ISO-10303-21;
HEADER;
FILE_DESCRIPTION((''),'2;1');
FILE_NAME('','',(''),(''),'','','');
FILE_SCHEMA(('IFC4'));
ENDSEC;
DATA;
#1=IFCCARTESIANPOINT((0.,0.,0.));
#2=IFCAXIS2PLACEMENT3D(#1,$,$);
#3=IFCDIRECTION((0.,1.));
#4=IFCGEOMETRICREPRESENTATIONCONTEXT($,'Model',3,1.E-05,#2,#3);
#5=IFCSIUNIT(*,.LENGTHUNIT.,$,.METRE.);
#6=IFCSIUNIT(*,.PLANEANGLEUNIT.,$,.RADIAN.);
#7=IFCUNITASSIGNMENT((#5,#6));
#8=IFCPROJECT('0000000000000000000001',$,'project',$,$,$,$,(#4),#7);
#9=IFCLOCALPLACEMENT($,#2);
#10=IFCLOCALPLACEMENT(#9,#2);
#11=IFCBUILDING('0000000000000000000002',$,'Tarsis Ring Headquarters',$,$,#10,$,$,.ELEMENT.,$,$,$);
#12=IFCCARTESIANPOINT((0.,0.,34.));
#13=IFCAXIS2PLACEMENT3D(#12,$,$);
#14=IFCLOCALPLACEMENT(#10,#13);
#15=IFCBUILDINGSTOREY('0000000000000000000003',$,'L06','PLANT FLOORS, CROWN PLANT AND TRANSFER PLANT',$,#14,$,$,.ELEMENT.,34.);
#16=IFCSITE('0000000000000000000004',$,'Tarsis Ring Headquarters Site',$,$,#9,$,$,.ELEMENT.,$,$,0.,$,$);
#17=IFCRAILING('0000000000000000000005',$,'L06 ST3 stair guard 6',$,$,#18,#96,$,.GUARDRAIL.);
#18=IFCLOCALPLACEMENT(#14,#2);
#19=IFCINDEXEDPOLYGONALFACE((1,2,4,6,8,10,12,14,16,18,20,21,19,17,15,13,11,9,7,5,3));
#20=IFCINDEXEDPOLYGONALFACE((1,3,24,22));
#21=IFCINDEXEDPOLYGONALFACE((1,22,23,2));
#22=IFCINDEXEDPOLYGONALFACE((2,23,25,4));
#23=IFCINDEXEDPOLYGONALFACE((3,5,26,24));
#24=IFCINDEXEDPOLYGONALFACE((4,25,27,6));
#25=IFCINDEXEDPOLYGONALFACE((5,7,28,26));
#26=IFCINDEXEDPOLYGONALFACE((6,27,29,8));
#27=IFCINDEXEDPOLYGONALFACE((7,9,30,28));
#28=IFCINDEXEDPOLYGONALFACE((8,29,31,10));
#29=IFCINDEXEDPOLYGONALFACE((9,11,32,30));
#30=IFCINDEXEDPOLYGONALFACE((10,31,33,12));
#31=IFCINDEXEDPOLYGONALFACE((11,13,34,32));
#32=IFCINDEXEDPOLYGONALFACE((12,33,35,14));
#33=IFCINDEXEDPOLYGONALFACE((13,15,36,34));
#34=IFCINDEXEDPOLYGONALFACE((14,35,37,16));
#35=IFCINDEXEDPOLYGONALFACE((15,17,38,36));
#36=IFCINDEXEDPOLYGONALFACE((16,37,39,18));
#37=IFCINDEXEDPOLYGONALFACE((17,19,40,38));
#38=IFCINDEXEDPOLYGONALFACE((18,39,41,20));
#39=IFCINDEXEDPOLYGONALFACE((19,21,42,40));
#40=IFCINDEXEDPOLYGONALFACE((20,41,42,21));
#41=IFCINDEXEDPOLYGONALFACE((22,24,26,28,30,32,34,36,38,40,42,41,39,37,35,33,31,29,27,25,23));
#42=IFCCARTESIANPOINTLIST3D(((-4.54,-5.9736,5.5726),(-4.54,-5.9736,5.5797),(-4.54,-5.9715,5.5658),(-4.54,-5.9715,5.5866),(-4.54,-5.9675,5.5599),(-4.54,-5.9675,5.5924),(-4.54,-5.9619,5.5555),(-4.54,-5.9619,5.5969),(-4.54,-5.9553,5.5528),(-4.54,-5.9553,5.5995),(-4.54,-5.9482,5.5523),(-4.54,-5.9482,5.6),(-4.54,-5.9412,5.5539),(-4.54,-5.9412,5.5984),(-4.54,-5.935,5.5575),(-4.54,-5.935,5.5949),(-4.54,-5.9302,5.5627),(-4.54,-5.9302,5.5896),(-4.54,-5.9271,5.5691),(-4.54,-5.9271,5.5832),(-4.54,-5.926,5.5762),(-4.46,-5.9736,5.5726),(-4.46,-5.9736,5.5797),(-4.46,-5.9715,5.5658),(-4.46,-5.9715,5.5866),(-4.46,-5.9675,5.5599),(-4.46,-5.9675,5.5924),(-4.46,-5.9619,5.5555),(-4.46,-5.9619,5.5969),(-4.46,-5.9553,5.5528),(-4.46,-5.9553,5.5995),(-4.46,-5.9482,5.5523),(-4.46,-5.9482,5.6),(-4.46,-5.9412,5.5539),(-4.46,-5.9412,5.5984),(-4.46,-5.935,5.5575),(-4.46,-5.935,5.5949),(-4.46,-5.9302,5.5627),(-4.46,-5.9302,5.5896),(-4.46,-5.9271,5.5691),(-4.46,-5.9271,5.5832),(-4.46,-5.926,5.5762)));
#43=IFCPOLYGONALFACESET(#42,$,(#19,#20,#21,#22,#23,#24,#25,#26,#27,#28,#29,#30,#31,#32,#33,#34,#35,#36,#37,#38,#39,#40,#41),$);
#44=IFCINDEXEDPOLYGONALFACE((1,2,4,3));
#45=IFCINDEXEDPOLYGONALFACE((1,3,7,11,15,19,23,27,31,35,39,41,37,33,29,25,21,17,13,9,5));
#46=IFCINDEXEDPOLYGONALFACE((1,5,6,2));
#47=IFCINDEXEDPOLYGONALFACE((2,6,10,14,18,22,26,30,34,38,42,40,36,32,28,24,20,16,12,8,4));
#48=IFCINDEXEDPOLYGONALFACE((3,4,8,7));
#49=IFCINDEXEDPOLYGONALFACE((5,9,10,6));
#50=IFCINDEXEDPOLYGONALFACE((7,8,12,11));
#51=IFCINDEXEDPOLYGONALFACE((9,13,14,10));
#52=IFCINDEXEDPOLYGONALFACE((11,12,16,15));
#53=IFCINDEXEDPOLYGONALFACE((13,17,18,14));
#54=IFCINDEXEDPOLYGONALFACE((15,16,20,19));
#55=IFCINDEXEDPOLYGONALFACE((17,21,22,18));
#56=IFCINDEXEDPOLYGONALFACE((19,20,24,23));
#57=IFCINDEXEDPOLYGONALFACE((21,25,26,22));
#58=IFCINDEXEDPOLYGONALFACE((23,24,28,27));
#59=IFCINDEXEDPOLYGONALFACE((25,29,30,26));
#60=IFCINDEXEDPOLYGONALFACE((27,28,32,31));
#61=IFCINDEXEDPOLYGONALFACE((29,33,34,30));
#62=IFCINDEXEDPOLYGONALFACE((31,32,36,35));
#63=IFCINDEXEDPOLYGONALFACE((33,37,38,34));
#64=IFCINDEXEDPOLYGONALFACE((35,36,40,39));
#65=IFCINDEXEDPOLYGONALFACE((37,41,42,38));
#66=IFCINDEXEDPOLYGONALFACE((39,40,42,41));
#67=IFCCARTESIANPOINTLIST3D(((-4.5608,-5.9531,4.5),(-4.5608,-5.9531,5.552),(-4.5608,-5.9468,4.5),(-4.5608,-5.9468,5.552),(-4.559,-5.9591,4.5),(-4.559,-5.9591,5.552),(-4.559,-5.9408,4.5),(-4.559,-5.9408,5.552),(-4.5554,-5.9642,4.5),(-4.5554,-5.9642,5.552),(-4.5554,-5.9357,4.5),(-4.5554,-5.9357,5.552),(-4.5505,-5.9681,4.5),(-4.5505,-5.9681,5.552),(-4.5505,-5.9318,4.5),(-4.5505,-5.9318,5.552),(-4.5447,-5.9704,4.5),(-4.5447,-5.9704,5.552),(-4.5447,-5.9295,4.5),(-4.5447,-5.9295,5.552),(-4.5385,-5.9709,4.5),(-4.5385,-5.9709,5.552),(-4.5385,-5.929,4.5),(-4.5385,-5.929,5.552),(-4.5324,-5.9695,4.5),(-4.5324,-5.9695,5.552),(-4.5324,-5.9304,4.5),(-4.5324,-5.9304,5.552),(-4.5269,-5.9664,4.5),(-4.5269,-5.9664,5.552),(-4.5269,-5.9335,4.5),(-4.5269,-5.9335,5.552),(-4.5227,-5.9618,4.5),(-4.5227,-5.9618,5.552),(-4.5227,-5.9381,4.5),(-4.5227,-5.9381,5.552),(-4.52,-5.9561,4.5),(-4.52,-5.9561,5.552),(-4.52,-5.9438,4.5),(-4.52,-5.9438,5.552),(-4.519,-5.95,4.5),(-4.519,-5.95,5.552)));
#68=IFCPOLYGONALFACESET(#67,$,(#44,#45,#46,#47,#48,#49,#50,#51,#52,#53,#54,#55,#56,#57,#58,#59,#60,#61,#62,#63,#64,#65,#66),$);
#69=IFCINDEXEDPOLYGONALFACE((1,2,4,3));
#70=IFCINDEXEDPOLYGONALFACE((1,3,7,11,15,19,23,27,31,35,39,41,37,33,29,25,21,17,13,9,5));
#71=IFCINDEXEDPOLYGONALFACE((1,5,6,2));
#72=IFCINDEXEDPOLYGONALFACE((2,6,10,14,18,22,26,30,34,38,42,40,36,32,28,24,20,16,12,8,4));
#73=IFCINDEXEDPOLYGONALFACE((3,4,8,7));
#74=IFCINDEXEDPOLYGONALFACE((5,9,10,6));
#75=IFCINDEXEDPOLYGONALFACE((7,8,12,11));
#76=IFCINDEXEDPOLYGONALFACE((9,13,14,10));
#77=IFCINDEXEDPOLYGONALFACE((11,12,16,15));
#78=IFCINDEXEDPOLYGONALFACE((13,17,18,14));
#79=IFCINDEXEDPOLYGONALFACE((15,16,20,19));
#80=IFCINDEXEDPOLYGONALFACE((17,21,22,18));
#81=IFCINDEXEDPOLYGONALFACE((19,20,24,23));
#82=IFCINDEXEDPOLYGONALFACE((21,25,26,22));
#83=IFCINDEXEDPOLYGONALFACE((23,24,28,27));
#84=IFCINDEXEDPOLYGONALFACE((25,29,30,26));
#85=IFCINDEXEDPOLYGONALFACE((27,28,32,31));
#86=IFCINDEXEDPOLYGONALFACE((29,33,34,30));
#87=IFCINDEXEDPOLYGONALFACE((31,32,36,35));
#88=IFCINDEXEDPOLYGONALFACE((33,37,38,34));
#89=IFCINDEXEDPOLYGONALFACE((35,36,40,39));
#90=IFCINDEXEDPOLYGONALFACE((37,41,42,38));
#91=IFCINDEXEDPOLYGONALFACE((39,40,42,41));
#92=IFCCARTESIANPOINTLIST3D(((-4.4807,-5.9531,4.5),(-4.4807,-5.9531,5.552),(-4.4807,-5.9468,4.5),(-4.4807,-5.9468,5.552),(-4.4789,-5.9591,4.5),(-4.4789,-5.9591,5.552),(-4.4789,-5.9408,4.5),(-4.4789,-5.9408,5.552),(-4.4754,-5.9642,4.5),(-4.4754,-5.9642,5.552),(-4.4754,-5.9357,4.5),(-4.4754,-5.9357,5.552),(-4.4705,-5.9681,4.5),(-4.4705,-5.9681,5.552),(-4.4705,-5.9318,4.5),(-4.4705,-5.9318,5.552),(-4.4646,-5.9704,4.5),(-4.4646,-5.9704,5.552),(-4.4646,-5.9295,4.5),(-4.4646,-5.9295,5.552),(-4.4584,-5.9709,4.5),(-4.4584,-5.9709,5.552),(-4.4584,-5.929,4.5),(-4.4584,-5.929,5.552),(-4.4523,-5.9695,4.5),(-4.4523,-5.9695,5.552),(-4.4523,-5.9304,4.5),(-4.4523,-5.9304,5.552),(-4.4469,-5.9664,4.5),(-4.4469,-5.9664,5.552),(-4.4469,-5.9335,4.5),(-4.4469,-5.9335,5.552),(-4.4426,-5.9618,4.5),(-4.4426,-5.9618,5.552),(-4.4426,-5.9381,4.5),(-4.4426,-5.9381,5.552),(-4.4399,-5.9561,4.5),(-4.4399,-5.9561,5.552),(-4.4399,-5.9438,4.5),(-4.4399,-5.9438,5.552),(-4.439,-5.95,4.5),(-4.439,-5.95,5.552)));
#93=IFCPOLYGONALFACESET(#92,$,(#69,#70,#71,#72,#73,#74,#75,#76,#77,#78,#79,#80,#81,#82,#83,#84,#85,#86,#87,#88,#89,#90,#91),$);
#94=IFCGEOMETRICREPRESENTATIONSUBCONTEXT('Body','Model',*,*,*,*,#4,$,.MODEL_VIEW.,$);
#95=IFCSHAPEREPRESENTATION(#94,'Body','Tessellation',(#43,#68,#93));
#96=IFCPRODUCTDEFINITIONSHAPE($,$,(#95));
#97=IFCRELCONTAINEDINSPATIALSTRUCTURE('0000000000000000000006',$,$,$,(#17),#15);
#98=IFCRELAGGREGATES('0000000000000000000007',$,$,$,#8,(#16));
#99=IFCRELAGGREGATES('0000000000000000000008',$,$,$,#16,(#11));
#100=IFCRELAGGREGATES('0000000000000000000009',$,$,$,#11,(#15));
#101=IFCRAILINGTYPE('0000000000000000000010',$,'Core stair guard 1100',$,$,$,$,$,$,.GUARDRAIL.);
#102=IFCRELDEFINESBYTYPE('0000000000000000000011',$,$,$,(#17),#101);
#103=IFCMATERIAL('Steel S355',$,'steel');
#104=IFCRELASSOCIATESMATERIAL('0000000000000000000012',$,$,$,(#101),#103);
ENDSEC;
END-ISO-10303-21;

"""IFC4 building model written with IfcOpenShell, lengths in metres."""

from ifc_helpers import new_model, si_unit, direction, frame, origin, origin_2d, place, context, subcontext, project, spatial, circle, extrude, material, type_object, element, save


model = new_model("IFC4")

# Units and contexts
model_context = context("Model", 3, precision=1e-05, world=origin(), true_north=direction((0.0, 1.0)))
body_context = subcontext(model_context, "Body", "Model", "MODEL_VIEW")
ifc_project = project(units=[si_unit("LENGTHUNIT", "METRE"), si_unit("PLANEANGLEUNIT", "RADIAN")], contexts=[model_context])

# Site, building, storey
site_placement = place(None, origin())
site = spatial("IfcSite", under=ifc_project, at=site_placement, Name="Tarsis Ring Headquarters Site", CompositionType="ELEMENT", RefElevation=0.0)
building_placement = place(site_placement, origin())
building = spatial("IfcBuilding", under=site, at=building_placement, Name="Tarsis Ring Headquarters", CompositionType="ELEMENT")
storey_placement = place(building_placement, frame((0.0, 0.0, 34.0)))
storey = spatial("IfcBuildingStorey", under=building, at=storey_placement, Name="L06", Description="PLANT FLOORS, CROWN PLANT AND TRANSFER PLANT", CompositionType="ELEMENT", Elevation=34.0)

# Shared definitions
ifc_material_1 = material(Name="Steel S355", Category="steel")

# Railing
railing_type_1 = type_object("IfcRailingType", Name="Core stair guard 1100", PredefinedType="GUARDRAIL", material=ifc_material_1)
railing_1_placement = place(storey_placement, frame((-4.54, -5.95, 4.5)))
element("IfcRailing", 1, at=railing_1_placement, inside=storey, type_object=railing_type_1, Name="L06 ST3 stair guard 6", PredefinedType="GUARDRAIL", context=body_context, shape_type="SweptSolid", body=[
    extrude(circle(Radius=0.0239, at=origin_2d()), frame((0.0, 0.0, 1.0762), z_axis=(1.0, 0.0, 0.0), x_axis=(0.0, 1.0, 0.0)), (0.0, 0.0, 1.0), 0.0801),
    extrude(circle(Radius=0.021, at=origin_2d()), origin(), (0.0, 0.0, 1.0), 1.052),
    extrude(circle(Radius=0.021, at=origin_2d()), frame((0.0801, 0.0, 0.0)), (0.0, 0.0, 1.0), 1.052),
])

save(model, "model.ifc")
